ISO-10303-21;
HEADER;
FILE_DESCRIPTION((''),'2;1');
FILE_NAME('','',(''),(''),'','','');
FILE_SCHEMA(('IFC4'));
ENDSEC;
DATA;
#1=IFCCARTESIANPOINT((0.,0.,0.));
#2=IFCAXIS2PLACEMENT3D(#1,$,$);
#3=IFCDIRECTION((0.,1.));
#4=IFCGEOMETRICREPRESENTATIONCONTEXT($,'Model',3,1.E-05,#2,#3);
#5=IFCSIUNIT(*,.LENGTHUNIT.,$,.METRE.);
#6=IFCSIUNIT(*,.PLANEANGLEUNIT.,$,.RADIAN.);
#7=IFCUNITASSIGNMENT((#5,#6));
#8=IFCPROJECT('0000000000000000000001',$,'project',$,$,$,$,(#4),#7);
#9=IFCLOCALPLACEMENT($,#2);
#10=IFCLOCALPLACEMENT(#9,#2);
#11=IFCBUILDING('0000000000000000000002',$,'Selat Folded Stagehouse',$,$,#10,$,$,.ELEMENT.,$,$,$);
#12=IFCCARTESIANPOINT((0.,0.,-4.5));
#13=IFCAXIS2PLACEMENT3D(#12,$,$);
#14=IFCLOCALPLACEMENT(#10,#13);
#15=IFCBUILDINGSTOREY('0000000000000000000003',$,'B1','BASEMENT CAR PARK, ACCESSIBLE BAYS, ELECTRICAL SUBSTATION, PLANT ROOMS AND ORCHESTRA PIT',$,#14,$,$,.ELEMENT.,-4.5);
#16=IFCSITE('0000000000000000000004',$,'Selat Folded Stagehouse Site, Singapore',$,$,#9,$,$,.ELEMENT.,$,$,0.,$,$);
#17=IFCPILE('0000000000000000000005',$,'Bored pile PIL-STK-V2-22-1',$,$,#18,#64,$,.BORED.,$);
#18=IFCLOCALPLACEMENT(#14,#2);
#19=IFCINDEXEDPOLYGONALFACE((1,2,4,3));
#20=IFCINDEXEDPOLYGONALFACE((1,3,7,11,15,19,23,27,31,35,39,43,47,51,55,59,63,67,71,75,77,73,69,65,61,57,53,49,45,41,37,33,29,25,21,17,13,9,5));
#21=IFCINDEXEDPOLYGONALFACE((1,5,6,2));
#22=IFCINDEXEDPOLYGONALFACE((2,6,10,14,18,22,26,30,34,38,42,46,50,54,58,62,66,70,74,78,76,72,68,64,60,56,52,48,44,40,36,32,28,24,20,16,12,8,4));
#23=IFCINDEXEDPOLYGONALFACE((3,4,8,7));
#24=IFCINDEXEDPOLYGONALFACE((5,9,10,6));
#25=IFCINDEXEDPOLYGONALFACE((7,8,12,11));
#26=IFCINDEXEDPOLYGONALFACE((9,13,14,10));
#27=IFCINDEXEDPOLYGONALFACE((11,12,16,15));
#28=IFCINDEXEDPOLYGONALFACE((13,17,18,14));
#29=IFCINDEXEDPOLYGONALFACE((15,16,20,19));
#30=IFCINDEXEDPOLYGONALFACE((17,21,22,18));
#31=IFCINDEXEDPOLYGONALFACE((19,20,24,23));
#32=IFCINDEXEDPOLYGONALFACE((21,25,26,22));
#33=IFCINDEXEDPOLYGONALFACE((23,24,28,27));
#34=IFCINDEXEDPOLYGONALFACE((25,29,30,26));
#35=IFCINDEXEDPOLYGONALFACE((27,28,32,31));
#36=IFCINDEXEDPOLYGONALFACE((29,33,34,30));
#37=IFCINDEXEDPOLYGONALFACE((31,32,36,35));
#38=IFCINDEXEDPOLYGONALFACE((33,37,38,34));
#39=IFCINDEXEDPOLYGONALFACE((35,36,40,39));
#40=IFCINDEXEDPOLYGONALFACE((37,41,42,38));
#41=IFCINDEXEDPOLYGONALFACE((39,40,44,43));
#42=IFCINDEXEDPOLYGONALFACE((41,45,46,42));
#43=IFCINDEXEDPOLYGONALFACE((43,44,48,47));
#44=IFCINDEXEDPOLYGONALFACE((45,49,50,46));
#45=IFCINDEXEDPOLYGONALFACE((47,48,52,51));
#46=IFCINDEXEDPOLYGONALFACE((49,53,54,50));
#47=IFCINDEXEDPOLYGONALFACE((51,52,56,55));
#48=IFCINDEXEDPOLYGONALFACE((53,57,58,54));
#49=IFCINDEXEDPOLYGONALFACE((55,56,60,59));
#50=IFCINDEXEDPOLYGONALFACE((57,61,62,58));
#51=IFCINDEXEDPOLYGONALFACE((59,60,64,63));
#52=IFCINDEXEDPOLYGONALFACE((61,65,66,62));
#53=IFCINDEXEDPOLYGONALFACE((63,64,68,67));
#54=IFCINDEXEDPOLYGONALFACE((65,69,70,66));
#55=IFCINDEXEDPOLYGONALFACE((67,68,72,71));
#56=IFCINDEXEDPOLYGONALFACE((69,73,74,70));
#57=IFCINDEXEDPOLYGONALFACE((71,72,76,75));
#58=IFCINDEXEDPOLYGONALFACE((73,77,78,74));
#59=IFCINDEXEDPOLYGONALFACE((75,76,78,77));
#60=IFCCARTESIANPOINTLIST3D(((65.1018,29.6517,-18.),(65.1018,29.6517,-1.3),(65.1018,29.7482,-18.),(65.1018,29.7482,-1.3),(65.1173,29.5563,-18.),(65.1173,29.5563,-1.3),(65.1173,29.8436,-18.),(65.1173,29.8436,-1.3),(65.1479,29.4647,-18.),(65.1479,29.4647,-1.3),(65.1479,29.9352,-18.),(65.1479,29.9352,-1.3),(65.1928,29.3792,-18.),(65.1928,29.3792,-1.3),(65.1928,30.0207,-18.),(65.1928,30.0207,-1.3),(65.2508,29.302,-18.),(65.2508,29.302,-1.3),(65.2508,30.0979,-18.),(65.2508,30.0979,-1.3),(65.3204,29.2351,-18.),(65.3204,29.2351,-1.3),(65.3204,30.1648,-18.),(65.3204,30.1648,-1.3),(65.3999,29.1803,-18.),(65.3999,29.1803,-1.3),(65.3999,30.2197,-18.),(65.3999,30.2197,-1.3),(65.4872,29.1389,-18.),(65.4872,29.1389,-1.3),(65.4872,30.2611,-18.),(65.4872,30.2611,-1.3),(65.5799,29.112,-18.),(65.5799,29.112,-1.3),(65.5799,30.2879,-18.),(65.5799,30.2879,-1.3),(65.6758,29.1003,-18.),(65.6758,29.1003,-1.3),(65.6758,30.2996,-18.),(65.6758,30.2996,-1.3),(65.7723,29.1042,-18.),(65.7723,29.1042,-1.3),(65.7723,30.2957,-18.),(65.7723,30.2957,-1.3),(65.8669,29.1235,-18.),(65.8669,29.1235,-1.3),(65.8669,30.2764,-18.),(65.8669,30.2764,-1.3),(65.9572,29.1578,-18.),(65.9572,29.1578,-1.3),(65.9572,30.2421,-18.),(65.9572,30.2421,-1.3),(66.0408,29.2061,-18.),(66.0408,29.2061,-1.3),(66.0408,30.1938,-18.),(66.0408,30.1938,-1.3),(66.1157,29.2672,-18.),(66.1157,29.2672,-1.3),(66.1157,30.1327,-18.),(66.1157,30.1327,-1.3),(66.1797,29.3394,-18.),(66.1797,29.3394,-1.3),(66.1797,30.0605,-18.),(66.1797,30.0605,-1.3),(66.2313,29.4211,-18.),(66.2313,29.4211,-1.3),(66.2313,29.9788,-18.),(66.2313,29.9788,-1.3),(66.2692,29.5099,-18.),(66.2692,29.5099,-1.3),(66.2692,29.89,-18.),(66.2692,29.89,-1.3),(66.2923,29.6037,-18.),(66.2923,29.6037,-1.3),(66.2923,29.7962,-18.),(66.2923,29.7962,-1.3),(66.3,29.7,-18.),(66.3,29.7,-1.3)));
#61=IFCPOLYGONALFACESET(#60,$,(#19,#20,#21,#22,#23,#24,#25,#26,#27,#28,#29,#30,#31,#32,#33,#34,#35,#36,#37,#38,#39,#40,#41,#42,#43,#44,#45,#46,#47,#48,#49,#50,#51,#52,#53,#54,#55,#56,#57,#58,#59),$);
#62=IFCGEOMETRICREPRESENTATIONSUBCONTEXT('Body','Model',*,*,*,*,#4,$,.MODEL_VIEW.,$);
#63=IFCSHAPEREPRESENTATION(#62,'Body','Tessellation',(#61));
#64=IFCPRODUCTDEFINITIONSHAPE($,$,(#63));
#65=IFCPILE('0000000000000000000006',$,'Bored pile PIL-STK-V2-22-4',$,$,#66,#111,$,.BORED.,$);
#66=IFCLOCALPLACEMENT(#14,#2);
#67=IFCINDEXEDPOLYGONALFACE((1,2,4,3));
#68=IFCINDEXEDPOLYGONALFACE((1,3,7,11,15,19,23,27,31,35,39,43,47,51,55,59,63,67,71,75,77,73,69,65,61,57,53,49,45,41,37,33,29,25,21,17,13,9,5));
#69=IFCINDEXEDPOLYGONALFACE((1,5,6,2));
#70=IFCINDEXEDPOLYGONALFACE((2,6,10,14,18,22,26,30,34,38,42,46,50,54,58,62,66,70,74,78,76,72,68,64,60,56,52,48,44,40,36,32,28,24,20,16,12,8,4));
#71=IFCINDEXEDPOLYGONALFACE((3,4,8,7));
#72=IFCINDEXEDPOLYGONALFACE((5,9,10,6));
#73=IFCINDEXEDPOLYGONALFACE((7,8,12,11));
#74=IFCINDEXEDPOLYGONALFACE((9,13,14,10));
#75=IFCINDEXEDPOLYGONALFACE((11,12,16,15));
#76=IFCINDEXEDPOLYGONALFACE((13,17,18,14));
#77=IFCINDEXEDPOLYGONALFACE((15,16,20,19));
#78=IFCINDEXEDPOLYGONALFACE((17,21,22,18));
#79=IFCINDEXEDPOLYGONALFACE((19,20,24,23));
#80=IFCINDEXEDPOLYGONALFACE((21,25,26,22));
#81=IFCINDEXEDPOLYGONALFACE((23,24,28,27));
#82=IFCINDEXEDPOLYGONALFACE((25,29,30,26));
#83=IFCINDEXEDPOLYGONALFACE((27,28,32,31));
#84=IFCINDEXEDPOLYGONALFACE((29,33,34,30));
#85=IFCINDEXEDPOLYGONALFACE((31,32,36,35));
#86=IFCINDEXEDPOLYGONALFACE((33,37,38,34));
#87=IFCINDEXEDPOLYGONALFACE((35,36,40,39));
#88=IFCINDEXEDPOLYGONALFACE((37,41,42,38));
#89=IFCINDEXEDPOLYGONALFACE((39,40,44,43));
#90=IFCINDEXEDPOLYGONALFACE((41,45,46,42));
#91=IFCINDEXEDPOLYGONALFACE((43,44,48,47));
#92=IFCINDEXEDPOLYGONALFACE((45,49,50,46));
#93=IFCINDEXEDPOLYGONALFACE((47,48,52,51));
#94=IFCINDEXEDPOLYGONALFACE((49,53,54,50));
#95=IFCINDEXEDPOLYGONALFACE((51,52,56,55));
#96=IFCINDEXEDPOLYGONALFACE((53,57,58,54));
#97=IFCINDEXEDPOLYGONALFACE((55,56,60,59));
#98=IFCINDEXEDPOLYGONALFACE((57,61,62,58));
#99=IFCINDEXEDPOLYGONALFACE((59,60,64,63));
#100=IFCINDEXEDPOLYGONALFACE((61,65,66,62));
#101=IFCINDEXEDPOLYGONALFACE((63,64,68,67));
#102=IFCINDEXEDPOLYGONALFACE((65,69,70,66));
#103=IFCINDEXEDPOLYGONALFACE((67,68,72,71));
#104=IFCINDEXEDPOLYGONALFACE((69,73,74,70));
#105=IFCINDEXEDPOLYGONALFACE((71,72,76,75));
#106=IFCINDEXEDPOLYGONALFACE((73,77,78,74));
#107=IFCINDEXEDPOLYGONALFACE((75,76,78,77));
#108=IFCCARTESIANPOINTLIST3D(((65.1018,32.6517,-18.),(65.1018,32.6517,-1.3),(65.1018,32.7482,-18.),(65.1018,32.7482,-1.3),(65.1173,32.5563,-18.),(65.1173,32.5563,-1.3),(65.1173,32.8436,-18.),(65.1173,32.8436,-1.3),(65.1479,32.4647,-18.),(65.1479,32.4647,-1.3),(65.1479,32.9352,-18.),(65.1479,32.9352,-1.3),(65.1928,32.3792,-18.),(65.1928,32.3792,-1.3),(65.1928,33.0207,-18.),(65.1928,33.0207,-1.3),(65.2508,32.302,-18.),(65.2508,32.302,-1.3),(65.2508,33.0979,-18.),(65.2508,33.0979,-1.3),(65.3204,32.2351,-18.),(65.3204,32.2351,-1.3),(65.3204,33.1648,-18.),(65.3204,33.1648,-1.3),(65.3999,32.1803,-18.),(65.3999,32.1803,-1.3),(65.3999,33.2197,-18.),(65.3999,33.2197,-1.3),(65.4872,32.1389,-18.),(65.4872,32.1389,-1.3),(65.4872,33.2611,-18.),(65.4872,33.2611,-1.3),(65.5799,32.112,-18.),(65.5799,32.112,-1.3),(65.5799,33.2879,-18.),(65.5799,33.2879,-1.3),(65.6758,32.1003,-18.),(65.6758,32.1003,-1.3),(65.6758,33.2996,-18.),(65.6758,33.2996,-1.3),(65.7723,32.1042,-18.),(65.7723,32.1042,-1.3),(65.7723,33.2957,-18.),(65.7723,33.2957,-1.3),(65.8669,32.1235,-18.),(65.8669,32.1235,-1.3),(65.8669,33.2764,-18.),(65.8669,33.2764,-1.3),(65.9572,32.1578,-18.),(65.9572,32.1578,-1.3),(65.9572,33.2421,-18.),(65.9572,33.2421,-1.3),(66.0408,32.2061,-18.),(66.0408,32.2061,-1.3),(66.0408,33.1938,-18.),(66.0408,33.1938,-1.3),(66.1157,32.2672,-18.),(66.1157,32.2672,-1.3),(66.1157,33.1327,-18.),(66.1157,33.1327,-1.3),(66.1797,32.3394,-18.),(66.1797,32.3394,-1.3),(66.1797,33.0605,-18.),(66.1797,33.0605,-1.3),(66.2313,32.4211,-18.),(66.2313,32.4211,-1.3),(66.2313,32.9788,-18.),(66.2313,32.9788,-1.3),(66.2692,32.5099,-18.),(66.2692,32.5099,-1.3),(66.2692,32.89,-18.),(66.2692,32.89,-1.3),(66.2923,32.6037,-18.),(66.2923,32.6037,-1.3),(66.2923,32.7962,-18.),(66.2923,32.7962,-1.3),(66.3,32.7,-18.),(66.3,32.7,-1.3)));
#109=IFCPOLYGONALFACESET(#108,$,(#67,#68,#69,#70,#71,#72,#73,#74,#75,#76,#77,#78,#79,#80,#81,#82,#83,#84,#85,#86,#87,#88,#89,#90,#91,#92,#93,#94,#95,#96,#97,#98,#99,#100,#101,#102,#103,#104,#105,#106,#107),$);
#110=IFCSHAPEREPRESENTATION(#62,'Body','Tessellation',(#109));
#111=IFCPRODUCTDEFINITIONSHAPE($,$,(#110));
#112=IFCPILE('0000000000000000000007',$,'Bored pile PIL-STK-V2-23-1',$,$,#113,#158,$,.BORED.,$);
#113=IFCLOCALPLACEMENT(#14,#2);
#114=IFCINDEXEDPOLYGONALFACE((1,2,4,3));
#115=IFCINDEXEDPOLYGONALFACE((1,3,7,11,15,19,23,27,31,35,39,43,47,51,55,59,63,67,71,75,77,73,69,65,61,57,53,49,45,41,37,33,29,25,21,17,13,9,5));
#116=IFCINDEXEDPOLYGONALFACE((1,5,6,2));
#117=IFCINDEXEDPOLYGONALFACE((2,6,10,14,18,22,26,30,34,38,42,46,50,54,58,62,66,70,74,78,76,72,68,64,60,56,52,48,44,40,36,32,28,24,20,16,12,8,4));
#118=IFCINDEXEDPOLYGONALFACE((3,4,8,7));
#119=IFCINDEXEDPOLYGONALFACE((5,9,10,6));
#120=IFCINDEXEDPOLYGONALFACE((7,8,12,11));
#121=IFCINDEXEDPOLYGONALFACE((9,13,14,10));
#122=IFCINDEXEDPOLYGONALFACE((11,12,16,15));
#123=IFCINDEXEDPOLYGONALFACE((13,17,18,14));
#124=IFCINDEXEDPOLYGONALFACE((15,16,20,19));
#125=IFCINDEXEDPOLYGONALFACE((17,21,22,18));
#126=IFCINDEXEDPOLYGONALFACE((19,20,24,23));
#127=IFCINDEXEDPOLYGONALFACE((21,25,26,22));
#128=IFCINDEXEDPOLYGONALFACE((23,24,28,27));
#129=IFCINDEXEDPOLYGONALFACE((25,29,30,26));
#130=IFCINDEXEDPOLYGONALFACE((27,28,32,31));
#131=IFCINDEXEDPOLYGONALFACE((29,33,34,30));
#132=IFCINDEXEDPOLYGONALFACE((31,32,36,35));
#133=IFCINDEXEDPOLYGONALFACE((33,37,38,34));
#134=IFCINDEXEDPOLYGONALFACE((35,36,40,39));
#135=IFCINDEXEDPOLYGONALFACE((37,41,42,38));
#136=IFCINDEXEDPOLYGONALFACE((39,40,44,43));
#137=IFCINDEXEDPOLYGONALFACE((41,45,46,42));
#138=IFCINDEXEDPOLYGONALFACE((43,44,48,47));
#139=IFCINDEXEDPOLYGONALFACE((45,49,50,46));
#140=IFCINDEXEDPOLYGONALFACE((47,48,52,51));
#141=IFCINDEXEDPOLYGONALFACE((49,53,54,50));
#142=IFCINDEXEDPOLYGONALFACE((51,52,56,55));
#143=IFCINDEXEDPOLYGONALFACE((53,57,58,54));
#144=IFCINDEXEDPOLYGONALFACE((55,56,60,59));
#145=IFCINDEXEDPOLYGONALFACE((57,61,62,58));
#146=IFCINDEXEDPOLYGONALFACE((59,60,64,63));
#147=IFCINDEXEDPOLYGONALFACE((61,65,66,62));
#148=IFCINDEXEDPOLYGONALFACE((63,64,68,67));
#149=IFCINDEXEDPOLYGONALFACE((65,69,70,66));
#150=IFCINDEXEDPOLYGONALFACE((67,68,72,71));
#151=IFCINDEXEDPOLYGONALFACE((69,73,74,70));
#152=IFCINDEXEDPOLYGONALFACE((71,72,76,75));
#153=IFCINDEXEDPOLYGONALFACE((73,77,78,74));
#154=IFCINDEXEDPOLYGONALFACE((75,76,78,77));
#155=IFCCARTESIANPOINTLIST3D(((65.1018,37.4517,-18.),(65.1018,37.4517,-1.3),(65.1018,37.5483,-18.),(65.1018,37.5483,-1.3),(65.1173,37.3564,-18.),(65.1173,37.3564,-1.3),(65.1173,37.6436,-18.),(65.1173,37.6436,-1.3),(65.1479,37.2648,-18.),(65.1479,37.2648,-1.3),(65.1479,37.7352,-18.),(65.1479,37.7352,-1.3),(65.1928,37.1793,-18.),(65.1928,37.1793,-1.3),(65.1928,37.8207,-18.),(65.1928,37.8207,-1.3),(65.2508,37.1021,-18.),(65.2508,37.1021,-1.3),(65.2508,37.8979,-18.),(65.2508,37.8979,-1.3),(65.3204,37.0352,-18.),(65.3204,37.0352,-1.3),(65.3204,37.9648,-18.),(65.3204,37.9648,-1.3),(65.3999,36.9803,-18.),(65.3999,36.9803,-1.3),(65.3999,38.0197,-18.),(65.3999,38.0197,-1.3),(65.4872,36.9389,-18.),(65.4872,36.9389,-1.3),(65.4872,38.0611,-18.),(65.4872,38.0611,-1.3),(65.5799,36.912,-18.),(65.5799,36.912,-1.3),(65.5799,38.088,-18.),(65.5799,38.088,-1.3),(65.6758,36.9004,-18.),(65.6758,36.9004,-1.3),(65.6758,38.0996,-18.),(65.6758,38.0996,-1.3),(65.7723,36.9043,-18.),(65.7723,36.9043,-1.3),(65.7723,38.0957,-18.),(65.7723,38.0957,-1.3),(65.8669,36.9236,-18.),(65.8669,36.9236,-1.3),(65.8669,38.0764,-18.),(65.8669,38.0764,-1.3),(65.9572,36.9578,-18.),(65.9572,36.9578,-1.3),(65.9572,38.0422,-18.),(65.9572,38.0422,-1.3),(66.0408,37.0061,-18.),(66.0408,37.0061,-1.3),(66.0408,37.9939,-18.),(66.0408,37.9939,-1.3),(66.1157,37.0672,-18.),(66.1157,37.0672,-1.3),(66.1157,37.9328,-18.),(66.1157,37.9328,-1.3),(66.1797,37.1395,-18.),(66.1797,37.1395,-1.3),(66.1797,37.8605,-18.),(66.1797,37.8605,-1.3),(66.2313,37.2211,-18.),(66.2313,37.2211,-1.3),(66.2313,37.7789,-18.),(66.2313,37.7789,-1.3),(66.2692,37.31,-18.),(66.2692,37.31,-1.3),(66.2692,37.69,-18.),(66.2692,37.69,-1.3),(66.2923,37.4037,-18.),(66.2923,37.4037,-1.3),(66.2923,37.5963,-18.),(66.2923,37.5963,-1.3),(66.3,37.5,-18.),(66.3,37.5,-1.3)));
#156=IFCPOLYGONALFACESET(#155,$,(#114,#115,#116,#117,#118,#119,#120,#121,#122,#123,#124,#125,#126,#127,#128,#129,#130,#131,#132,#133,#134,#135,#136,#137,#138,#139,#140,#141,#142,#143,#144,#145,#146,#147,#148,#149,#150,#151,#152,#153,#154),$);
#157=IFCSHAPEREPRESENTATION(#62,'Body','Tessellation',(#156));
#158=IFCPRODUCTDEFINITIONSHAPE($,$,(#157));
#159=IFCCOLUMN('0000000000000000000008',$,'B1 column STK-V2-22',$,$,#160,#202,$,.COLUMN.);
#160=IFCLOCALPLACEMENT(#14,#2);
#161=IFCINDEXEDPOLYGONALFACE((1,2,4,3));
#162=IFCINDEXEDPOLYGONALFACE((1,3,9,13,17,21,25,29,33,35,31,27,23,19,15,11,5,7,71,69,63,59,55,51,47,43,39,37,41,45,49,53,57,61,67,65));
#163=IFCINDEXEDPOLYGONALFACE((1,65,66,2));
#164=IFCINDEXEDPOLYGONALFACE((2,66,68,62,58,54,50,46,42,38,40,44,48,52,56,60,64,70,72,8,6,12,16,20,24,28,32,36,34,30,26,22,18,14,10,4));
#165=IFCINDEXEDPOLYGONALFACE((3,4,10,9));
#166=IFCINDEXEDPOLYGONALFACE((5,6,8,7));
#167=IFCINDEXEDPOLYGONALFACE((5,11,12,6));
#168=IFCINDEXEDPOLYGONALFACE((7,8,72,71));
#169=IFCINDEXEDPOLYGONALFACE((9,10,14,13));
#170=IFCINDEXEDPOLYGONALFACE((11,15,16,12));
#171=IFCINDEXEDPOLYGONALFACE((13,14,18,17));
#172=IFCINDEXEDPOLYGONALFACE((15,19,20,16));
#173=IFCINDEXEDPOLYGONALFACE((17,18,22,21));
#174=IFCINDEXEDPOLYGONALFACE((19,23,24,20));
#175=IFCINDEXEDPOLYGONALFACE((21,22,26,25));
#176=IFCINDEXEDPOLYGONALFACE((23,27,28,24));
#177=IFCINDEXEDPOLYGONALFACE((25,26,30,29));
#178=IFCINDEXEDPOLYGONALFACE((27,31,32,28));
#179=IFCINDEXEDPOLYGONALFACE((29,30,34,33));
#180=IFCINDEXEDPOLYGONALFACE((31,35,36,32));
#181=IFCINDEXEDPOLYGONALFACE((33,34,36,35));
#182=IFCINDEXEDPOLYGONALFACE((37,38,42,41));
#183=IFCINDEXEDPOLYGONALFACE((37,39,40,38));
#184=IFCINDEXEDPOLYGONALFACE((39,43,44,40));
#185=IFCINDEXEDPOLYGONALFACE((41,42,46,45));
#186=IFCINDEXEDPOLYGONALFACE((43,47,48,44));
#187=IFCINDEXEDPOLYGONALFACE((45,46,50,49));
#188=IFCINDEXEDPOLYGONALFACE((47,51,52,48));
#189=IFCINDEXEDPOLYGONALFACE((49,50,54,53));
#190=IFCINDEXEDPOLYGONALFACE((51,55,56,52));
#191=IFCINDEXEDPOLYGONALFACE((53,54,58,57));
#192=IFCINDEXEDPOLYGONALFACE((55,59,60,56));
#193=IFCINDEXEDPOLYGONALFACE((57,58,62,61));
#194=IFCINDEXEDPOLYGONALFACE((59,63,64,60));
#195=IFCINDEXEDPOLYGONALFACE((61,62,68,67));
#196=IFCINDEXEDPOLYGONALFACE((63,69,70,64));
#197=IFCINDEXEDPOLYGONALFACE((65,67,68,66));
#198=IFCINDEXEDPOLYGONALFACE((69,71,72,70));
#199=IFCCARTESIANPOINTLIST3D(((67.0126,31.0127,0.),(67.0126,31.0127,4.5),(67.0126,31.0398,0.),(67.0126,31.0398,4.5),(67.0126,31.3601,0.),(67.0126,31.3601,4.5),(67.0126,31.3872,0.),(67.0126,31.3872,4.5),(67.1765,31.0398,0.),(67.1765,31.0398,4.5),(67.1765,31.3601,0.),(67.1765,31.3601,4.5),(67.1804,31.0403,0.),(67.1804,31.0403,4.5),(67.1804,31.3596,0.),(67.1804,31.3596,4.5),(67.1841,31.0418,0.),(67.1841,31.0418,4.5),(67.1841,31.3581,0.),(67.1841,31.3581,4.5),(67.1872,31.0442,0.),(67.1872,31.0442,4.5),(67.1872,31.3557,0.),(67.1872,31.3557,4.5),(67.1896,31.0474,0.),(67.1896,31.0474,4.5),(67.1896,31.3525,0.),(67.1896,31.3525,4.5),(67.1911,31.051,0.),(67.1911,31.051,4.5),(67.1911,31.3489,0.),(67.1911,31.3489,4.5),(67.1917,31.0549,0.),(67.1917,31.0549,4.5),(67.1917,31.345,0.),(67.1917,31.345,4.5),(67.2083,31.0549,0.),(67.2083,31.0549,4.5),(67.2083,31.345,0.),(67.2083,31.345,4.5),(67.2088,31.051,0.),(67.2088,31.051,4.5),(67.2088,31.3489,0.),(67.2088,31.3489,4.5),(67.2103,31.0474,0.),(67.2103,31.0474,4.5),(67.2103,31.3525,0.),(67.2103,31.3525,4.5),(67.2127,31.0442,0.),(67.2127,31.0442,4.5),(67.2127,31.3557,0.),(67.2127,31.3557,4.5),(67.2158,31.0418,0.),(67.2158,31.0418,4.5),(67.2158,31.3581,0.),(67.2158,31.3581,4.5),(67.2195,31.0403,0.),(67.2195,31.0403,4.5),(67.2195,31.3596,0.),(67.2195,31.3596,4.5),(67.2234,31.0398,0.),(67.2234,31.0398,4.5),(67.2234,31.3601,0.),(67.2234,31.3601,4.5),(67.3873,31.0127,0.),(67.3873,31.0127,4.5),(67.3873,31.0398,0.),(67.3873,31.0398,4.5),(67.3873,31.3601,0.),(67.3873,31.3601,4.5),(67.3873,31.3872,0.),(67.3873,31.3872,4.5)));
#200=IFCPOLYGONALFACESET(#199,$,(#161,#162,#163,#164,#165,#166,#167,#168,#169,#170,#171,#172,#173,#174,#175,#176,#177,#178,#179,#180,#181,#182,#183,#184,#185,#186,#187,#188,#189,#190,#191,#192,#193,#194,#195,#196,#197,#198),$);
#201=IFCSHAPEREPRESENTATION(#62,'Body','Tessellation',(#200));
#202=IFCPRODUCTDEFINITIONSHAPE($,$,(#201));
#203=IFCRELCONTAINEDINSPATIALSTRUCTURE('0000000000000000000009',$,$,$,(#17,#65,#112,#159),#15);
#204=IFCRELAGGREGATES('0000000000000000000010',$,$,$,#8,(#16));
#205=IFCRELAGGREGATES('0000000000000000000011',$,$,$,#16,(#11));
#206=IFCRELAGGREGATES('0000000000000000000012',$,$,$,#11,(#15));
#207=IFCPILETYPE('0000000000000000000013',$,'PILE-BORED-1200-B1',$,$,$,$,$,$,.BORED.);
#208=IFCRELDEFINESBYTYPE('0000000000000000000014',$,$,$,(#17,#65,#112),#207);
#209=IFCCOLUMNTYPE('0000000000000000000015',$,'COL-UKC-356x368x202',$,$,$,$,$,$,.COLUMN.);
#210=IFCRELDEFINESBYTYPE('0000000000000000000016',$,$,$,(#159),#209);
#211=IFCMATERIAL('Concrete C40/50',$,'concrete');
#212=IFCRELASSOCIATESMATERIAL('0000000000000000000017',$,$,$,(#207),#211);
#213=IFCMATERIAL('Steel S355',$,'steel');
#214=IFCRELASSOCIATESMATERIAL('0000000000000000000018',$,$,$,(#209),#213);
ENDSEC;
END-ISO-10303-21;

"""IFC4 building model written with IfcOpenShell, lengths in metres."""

from ifc_helpers import new_model, si_unit, direction, frame, origin, origin_2d, place, context, subcontext, project, spatial, circle, i_section, extrude, material, material_profile, profile_set, type_object, element, save


model = new_model("IFC4")

# Units and contexts
model_context = context("Model", 3, precision=1e-05, world=origin(), true_north=direction((0.0, 1.0)))
body_context = subcontext(model_context, "Body", "Model", "MODEL_VIEW")
ifc_project = project(units=[si_unit("LENGTHUNIT", "METRE"), si_unit("PLANEANGLEUNIT", "RADIAN")], contexts=[model_context])

# Site, building, storey
site_placement = place(None, origin())
site = spatial("IfcSite", under=ifc_project, at=site_placement, Name="Selat Folded Stagehouse Site, Singapore", CompositionType="ELEMENT", RefElevation=0.0)
building_placement = place(site_placement, origin())
building = spatial("IfcBuilding", under=site, at=building_placement, Name="Selat Folded Stagehouse", CompositionType="ELEMENT")
storey_placement = place(building_placement, frame((0.0, 0.0, -4.5)))
storey = spatial("IfcBuildingStorey", under=building, at=storey_placement, Name="B1", Description="BASEMENT CAR PARK, ACCESSIBLE BAYS, ELECTRICAL SUBSTATION, PLANT ROOMS AND ORCHESTRA PIT", CompositionType="ELEMENT", Elevation=-4.5)

# Shared definitions
ifc_material_1 = material(Name="Concrete C40/50", Category="concrete")

# Piles
ifc_material_profile_1 = material_profile(ifc_material_1, circle(Radius=0.6001, at=origin_2d()), Name="PILE D1200")
ifc_profile_set_1 = profile_set([ifc_material_profile_1], Name="Concrete C40/50")
pile_type = type_object("IfcPileType", Name="PILE-BORED-1200-B1", PredefinedType="BORED", material=ifc_profile_set_1)
for number, where, z_axis, x_axis, name in (
    (1, (65.7, 29.7, -1.3), (0.0, 0.0, -1.0), (1.0, 0.0, 0.0), "Bored pile PIL-STK-V2-22-1"),
    (2, (65.7, 32.7, -1.3), (0.0, 0.0, -1.0), (1.0, 0.0, 0.0), "Bored pile PIL-STK-V2-22-4"),
    (3, (65.7, 37.5, -1.3), (0.0, 0.0, -1.0), (1.0, 0.0, 0.0), "Bored pile PIL-STK-V2-23-1"),
):
    element("IfcPile", number, at=place(storey_placement, frame(where, z_axis=z_axis, x_axis=x_axis)), inside=storey, type_object=pile_type, Name=name, PredefinedType="BORED", context=body_context, shape_type="SweptSolid", body=[
        extrude(circle(Radius=0.6001, at=origin_2d()), origin(), (0.0, 0.0, 1.0), 16.7),
    ])

# Column
ifc_material_2 = material(Name="Steel S355", Category="steel")
ifc_material_profile_2 = material_profile(ifc_material_2, i_section(OverallWidth=0.3748, OverallDepth=0.3745, WebThickness=0.0166, FlangeThickness=0.0271, FilletRadius=0.0151, at=origin_2d()), Name="UKC 356x368x202")
ifc_profile_set_2 = profile_set([ifc_material_profile_2], Name="Steel S355")
column_type = type_object("IfcColumnType", Name="COL-UKC-356x368x202", PredefinedType="COLUMN", material=ifc_profile_set_2)
column_placement = place(storey_placement, frame((67.2, 31.2, 0.0), z_axis=(0.0, 0.0, 1.0), x_axis=(1.0, 0.0, 0.0)))
element("IfcColumn", 4, at=column_placement, inside=storey, type_object=column_type, Name="B1 column STK-V2-22", PredefinedType="COLUMN", context=body_context, shape_type="SweptSolid", body=[
    extrude(i_section(OverallWidth=0.3748, OverallDepth=0.3745, WebThickness=0.0166, FlangeThickness=0.0271, FilletRadius=0.0151, at=origin_2d()), origin(), (0.0, 0.0, 1.0), 4.5),
])

save(model, "model.ifc")
